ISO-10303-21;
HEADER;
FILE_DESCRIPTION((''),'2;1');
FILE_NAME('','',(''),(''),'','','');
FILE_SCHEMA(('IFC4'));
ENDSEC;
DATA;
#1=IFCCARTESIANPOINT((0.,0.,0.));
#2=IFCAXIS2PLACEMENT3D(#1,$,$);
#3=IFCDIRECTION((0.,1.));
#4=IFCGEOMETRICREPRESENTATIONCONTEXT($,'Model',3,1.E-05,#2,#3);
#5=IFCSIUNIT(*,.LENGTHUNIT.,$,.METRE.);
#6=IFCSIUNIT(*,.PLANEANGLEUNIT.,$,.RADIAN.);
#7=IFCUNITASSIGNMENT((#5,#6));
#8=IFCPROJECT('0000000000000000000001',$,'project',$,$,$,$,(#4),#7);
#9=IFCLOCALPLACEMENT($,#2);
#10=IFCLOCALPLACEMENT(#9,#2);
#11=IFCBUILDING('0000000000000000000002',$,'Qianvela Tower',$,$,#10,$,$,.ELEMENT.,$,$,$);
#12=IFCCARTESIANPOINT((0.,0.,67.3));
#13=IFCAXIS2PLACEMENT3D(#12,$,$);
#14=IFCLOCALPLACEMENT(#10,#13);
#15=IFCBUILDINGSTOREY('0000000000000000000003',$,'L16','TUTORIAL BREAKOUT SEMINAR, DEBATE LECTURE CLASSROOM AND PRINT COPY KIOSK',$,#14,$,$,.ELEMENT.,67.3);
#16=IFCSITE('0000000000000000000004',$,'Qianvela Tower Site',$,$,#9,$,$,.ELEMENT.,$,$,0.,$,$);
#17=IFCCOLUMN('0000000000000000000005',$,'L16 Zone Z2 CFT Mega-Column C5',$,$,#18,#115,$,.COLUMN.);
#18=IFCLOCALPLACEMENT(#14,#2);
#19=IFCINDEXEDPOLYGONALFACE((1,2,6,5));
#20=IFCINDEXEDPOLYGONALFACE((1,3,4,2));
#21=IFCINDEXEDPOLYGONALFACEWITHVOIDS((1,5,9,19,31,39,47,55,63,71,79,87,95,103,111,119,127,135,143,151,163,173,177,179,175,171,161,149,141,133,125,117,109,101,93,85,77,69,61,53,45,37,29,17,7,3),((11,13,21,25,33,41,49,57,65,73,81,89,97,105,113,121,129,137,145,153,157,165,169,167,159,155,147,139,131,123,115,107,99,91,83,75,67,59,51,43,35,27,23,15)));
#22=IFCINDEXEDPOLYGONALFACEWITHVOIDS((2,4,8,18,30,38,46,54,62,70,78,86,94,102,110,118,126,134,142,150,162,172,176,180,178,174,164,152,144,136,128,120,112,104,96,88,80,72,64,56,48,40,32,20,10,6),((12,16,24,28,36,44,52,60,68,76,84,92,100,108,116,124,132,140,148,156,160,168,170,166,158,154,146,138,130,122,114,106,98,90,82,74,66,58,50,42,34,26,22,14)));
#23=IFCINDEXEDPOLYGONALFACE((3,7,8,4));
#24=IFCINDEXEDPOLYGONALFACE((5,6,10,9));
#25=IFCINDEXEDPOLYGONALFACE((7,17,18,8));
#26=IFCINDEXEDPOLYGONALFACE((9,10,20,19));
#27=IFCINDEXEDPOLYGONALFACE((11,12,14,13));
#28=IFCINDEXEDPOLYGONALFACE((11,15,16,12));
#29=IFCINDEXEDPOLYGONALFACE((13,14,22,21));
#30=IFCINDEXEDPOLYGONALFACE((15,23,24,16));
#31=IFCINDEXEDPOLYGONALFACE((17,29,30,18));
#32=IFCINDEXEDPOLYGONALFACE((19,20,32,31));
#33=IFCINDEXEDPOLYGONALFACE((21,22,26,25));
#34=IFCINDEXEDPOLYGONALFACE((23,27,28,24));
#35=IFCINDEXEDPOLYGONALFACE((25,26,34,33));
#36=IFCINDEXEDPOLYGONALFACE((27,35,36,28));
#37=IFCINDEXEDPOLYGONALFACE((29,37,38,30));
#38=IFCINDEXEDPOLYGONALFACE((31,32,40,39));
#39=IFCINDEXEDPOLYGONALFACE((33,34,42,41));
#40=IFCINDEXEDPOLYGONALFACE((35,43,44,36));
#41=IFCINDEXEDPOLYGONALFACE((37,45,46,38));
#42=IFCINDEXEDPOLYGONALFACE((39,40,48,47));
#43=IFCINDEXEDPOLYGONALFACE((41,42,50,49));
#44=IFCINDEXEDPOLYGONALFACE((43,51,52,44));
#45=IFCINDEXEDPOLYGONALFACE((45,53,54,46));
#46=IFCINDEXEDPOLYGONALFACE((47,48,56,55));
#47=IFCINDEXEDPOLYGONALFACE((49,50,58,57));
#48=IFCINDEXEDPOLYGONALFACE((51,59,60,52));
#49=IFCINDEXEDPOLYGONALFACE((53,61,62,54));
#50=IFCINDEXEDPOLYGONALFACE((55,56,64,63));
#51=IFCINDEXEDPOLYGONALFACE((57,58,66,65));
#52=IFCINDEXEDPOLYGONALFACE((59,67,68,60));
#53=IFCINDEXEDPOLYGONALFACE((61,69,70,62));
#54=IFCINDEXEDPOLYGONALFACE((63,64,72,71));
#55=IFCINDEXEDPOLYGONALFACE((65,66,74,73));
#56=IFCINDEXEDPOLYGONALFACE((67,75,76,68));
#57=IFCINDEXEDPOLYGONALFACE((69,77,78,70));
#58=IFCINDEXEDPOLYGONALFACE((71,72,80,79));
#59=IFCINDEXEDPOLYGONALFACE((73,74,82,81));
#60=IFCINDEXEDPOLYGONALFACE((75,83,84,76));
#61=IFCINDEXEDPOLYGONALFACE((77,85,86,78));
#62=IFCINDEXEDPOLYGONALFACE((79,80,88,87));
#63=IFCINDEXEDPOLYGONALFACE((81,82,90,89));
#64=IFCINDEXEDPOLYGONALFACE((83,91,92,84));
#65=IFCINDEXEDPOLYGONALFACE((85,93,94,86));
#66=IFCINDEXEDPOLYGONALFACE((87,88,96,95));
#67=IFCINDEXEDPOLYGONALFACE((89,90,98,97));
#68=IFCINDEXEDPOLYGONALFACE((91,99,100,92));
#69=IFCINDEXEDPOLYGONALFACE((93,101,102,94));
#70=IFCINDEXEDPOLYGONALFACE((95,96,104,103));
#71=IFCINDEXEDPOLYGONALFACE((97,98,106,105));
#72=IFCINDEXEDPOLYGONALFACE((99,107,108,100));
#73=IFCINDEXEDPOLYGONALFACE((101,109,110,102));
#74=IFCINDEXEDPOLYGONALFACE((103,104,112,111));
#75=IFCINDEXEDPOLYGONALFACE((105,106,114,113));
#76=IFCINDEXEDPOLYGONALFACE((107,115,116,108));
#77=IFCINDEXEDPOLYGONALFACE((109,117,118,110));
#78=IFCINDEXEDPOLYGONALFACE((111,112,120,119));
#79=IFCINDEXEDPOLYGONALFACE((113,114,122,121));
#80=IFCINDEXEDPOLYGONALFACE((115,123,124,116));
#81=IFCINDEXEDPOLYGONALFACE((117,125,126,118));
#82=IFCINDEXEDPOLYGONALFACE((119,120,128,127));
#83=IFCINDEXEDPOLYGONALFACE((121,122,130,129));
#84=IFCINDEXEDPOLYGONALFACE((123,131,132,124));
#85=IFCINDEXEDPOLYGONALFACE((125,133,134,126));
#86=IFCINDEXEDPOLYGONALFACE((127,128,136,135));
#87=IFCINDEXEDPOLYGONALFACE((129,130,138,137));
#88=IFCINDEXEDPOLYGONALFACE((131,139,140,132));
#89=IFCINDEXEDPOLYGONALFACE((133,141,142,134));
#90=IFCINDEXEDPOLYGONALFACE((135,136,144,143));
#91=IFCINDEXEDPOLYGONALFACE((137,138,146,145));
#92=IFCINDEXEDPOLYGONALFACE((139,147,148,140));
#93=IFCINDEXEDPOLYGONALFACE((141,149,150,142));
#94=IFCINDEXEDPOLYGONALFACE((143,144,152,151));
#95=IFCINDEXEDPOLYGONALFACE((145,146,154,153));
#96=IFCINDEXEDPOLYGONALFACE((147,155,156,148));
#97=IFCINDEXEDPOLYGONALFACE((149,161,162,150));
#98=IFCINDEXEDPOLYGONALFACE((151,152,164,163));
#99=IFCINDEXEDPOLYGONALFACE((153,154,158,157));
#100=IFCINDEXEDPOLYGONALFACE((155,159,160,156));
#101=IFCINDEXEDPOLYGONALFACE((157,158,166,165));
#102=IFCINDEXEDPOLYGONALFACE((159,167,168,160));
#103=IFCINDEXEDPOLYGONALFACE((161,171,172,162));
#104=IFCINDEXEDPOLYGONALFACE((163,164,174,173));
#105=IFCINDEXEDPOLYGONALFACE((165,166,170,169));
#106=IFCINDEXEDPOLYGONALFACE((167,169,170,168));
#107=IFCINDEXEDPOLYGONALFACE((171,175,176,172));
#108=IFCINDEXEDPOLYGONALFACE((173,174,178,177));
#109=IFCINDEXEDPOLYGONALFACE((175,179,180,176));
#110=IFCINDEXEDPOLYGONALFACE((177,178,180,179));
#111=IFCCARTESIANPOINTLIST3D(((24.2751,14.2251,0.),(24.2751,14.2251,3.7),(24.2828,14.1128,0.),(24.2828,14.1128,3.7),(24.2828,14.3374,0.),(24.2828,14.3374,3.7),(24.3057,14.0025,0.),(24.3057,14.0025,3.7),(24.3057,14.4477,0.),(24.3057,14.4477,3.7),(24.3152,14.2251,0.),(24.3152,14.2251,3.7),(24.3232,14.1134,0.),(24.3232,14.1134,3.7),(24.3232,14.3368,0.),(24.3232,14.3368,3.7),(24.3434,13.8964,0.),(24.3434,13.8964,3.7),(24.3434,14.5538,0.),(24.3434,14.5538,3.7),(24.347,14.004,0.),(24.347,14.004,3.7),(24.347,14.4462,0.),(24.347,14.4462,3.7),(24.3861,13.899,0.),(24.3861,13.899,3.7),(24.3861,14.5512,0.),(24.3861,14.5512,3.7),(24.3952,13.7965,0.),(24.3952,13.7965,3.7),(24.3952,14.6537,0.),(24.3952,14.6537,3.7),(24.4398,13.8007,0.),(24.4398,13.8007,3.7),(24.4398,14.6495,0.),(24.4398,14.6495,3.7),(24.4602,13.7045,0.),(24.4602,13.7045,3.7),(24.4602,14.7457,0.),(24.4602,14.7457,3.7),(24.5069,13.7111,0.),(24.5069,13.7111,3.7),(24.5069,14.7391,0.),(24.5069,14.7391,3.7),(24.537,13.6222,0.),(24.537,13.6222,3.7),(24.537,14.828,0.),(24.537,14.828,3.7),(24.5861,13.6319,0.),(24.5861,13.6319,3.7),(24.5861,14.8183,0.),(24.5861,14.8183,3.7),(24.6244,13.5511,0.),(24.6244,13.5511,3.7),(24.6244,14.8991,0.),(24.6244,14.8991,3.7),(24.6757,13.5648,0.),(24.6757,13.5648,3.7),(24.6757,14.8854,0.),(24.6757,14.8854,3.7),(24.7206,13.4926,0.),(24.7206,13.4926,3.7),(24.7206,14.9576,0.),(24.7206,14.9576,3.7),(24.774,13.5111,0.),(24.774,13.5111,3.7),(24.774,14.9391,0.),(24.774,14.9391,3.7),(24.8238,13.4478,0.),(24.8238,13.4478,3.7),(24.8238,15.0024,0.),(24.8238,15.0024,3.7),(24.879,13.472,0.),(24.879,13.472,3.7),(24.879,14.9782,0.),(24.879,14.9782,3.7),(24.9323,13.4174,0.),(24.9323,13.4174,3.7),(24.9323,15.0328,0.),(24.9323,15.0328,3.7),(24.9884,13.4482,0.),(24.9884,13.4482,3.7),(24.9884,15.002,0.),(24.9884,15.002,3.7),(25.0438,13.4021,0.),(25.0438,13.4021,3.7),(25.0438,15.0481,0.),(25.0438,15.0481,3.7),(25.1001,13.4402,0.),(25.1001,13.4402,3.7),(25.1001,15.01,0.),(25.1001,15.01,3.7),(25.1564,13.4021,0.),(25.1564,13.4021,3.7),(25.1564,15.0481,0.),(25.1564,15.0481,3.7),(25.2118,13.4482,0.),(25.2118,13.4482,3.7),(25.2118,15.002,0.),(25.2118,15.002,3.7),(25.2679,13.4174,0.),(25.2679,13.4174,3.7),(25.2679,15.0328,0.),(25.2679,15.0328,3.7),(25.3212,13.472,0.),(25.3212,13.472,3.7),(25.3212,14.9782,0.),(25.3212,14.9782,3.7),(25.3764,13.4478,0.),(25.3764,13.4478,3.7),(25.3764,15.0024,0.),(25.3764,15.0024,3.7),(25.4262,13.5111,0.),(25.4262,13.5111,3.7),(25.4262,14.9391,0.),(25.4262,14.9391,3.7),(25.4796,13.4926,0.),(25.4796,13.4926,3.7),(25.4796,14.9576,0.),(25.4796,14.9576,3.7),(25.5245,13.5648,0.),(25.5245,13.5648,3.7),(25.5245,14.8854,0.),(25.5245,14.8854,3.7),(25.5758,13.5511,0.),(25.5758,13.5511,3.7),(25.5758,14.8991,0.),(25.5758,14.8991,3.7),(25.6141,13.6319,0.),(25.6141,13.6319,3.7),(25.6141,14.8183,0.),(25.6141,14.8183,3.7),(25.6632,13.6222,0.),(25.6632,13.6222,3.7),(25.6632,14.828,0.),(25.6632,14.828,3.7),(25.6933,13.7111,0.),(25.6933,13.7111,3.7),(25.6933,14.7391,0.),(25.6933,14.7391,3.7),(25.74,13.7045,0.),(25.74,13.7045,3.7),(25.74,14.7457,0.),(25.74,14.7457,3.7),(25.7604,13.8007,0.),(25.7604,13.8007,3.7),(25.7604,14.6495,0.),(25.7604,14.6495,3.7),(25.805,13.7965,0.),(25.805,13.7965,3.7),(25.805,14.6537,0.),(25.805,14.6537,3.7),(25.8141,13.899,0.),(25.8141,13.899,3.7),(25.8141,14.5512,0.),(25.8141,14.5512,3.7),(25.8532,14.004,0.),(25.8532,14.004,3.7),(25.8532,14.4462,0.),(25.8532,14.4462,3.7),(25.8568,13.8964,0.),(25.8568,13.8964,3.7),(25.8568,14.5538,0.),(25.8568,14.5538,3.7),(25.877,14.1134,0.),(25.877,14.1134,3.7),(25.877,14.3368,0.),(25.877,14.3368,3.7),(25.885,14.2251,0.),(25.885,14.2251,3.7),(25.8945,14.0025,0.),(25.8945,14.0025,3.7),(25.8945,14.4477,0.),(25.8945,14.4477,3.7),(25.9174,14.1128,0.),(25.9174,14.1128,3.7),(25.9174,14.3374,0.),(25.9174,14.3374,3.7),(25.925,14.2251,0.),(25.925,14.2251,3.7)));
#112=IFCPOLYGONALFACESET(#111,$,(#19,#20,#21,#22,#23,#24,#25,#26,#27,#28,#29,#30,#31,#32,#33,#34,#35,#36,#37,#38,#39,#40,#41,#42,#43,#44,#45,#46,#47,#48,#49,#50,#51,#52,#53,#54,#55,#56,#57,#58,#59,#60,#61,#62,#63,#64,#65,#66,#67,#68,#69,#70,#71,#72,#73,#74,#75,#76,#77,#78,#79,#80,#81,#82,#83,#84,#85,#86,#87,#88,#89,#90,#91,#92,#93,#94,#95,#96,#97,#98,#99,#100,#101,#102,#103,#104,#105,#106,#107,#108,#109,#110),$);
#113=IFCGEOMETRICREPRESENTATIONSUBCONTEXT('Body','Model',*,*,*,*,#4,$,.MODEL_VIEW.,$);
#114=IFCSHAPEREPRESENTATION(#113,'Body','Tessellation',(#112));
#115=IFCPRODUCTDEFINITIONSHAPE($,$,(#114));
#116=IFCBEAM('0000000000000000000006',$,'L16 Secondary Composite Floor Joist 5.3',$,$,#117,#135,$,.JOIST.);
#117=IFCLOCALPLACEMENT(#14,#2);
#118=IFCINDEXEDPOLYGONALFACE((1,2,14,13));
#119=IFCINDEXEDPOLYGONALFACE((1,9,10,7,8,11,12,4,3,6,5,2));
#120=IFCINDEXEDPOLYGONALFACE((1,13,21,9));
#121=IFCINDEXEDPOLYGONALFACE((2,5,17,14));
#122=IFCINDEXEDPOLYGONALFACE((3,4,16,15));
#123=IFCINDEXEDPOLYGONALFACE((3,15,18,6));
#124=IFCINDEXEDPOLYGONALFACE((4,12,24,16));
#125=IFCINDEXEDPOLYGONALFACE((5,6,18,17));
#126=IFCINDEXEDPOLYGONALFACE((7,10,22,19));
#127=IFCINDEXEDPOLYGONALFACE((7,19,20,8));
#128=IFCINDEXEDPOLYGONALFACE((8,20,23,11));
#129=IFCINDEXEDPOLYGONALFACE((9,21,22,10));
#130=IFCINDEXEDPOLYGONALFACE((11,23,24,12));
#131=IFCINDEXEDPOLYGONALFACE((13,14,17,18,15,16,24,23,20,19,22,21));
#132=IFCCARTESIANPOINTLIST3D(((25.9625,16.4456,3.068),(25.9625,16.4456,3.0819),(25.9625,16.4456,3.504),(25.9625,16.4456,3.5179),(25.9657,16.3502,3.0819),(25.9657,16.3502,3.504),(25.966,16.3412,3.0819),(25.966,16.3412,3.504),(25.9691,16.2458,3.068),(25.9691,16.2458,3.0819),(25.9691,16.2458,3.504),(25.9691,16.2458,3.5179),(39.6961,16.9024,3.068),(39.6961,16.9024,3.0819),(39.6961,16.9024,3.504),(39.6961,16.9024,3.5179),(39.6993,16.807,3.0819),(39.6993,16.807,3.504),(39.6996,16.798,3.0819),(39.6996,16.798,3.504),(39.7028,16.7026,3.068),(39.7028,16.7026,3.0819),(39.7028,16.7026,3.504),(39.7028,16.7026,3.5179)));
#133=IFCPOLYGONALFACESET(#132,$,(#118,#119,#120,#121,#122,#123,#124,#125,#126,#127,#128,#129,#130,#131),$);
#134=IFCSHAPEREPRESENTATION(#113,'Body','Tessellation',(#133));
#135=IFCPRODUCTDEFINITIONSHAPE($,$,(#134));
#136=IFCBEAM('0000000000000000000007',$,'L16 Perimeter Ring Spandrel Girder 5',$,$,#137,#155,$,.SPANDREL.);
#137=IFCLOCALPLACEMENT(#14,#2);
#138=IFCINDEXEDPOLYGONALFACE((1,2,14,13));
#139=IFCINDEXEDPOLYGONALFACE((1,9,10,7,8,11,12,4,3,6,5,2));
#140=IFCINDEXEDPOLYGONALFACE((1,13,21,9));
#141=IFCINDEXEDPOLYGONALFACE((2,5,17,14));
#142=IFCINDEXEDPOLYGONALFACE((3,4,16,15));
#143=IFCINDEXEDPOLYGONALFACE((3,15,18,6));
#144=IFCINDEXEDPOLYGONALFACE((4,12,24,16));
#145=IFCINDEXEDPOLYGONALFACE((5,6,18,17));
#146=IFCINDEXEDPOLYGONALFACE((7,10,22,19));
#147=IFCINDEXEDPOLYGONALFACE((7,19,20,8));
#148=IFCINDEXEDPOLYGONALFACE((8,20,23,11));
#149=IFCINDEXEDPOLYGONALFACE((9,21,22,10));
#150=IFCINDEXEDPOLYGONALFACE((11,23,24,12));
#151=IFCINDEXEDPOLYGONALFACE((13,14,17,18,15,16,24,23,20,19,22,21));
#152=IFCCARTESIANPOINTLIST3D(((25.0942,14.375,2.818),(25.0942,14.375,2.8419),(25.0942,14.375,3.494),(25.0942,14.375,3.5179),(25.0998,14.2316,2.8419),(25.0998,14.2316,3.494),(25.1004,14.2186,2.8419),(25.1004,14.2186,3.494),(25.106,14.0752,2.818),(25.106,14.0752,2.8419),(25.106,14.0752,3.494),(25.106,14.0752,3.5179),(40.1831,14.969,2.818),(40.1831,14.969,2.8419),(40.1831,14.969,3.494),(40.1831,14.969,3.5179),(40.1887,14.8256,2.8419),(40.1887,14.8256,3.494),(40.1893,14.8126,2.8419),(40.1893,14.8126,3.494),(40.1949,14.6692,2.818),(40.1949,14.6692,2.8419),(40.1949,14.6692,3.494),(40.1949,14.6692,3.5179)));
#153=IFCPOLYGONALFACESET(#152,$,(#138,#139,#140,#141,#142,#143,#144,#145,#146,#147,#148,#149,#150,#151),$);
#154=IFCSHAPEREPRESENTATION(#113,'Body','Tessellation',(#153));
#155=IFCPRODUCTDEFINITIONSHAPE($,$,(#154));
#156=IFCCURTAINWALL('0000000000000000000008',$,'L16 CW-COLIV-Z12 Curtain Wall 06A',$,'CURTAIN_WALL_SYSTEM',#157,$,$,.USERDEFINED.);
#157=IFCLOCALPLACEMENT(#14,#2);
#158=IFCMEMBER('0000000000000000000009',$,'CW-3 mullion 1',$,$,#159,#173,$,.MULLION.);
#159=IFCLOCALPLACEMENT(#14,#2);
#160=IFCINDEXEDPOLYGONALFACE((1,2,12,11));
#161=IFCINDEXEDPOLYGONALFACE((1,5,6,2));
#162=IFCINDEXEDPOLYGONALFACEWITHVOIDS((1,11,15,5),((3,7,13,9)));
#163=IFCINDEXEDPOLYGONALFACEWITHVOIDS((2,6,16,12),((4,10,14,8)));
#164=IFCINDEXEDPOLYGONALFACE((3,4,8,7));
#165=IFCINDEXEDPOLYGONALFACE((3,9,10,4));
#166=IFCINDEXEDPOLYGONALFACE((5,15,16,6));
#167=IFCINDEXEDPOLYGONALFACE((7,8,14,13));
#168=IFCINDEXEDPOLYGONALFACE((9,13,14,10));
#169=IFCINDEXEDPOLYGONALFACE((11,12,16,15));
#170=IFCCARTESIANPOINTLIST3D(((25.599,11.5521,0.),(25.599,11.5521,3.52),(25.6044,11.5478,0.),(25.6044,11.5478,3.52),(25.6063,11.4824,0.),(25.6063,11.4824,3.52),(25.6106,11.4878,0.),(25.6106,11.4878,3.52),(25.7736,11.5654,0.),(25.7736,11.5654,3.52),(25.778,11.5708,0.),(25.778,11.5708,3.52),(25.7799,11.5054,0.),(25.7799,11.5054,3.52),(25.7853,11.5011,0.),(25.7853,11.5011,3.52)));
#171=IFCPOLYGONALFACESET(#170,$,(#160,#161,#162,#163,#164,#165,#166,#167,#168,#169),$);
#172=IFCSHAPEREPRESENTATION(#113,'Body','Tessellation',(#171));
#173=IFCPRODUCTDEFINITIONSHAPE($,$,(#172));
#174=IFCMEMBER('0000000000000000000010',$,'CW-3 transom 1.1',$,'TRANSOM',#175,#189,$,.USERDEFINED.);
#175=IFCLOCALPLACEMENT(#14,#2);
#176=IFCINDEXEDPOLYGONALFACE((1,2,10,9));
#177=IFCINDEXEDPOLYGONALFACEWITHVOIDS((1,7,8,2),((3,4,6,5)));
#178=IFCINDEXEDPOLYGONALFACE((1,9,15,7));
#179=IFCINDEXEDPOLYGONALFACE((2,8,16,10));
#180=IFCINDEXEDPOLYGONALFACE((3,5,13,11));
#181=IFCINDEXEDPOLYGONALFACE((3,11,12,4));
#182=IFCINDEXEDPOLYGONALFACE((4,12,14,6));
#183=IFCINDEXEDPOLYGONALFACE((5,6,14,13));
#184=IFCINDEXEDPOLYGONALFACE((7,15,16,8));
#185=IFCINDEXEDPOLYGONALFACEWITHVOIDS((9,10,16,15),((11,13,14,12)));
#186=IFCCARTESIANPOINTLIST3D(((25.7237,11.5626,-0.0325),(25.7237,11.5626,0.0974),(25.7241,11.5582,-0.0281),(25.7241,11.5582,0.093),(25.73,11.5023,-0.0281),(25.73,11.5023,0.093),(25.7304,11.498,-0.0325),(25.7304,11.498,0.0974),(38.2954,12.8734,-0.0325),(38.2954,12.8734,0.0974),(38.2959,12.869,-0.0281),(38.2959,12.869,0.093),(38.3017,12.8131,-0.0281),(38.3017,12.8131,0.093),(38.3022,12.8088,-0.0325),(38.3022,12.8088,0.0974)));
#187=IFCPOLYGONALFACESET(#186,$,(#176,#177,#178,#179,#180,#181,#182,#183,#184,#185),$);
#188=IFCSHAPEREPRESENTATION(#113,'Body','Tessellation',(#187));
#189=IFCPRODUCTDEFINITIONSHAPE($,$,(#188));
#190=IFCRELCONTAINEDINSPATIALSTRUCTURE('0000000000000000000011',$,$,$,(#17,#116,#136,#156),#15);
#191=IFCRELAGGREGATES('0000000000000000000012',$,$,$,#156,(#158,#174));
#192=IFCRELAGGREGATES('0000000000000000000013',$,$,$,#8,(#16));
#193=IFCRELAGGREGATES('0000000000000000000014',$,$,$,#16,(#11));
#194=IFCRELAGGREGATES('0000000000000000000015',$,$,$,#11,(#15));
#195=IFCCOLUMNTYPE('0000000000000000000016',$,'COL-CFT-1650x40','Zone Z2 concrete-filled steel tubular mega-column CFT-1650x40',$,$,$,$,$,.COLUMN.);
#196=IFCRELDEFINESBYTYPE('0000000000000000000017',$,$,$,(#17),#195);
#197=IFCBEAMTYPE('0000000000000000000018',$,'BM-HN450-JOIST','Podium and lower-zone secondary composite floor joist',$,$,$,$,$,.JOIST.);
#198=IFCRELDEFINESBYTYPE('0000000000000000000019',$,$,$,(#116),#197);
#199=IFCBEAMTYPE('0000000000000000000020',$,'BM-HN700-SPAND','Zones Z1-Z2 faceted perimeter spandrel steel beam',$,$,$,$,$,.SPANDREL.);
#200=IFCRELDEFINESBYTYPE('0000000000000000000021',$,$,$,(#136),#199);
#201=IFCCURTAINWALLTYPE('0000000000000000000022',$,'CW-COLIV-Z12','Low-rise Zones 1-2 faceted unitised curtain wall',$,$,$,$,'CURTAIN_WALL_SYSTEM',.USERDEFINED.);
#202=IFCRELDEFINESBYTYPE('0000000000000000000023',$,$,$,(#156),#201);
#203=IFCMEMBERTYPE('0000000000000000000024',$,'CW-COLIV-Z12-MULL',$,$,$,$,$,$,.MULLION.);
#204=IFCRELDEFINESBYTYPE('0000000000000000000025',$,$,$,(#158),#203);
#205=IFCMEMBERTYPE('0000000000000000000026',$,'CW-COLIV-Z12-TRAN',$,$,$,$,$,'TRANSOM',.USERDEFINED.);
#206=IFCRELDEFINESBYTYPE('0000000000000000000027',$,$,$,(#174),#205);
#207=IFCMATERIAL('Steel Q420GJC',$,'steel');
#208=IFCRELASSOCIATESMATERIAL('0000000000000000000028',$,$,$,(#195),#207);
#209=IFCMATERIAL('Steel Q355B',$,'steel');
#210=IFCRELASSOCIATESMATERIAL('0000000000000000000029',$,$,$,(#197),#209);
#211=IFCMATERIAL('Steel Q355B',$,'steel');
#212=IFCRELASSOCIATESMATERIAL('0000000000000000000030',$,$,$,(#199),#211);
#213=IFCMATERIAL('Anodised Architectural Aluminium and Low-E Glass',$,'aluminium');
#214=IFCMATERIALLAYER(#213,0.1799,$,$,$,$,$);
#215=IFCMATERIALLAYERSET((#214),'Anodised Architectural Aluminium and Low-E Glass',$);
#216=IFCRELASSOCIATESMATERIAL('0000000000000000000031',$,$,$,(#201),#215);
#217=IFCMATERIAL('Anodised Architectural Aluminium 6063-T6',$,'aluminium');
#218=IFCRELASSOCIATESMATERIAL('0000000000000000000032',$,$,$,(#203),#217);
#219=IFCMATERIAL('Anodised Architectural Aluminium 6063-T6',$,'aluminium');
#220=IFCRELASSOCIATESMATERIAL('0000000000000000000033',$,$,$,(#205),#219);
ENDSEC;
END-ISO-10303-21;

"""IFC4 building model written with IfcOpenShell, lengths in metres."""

from ifc_helpers import new_model, si_unit, direction, frame, origin, origin_2d, place, context, subcontext, project, spatial, hollow_rectangle, hollow_circle, i_section, extrude, material, layer, layer_set, material_profile, profile_set, type_object, element, aggregate, save


model = new_model("IFC4")

# Units and contexts
model_context = context("Model", 3, precision=1e-05, world=origin(), true_north=direction((0.0, 1.0)))
body_context = subcontext(model_context, "Body", "Model", "MODEL_VIEW")
ifc_project = project(units=[si_unit("LENGTHUNIT", "METRE"), si_unit("PLANEANGLEUNIT", "RADIAN")], contexts=[model_context])

# Site, building, storey
site_placement = place(None, origin())
site = spatial("IfcSite", under=ifc_project, at=site_placement, Name="Qianvela Tower Site", CompositionType="ELEMENT", RefElevation=0.0)
building_placement = place(site_placement, origin())
building = spatial("IfcBuilding", under=site, at=building_placement, Name="Qianvela Tower", CompositionType="ELEMENT")
storey_placement = place(building_placement, frame((0.0, 0.0, 67.3)))
storey = spatial("IfcBuildingStorey", under=building, at=storey_placement, Name="L16", Description="TUTORIAL BREAKOUT SEMINAR, DEBATE LECTURE CLASSROOM AND PRINT COPY KIOSK", CompositionType="ELEMENT", Elevation=67.3)

# Column
ifc_material_1 = material(Name="Steel Q420GJC", Category="steel")
ifc_material_profile_1 = material_profile(ifc_material_1, hollow_circle(Radius=0.825, WallThickness=0.04, at=origin_2d()), Name="CFT-1650x40")
ifc_profile_set_1 = profile_set([ifc_material_profile_1], Name="Steel Q420GJC")
column_type = type_object("IfcColumnType", Name="COL-CFT-1650x40", Description="Zone Z2 concrete-filled steel tubular mega-column CFT-1650x40", PredefinedType="COLUMN", material=ifc_profile_set_1)
for number, where, z_axis, x_axis, name in (
    (1, (25.1001, 14.2251, 0.0), (0.0, 0.0, 1.0), (1.0, 0.0, 0.0), "L16 Zone Z2 CFT Mega-Column C5"),
):
    element("IfcColumn", number, at=place(storey_placement, frame(where, z_axis=z_axis, x_axis=x_axis)), inside=storey, type_object=column_type, Name=name, PredefinedType="COLUMN", context=body_context, shape_type="SweptSolid", body=[
        extrude(hollow_circle(Radius=0.825, WallThickness=0.04, at=origin_2d()), origin(), (0.0, 0.0, 1.0), 3.7),
    ])

# Beams
ifc_material_2 = material(Name="Steel Q355B", Category="steel")
ifc_material_profile_2 = material_profile(ifc_material_2, i_section(OverallWidth=0.2, OverallDepth=0.45, WebThickness=0.009, FlangeThickness=0.0139, at=origin_2d()), Name="HN450x200x9x14")
ifc_profile_set_2 = profile_set([ifc_material_profile_2], Name="Steel Q355B")
beam_type_1 = type_object("IfcBeamType", Name="BM-HN450-JOIST", Description="Podium and lower-zone secondary composite floor joist", PredefinedType="JOIST", material=ifc_profile_set_2)
beam_1_placement = place(storey_placement, frame((25.9658, 16.3457, 3.293), z_axis=(0.999447, 0.033242, 0.0), x_axis=(-0.033242, 0.999447, 0.0)))
element("IfcBeam", 2, at=beam_1_placement, inside=storey, type_object=beam_type_1, Name="L16 Secondary Composite Floor Joist 5.3", PredefinedType="JOIST", context=body_context, shape_type="SweptSolid", body=[
    extrude(i_section(OverallWidth=0.2, OverallDepth=0.45, WebThickness=0.009, FlangeThickness=0.0139, at=origin_2d()), origin(), (0.0, 0.0, 1.0), 13.7412),
])
ifc_material_3 = material(Name="Steel Q355B", Category="steel")
ifc_material_profile_3 = material_profile(ifc_material_3, i_section(OverallWidth=0.3, OverallDepth=0.7, WebThickness=0.0129, FlangeThickness=0.0239, at=origin_2d()), Name="HN700x300x13x24")
ifc_profile_set_3 = profile_set([ifc_material_profile_3], Name="Steel Q355B")
beam_type_2 = type_object("IfcBeamType", Name="BM-HN700-SPAND", Description="Zones Z1-Z2 faceted perimeter spandrel steel beam", PredefinedType="SPANDREL", material=ifc_profile_set_3)
beam_2_placement = place(storey_placement, frame((25.1001, 14.2251, 3.168), z_axis=(0.999226, 0.039336, 0.0), x_axis=(-0.039336, 0.999226, 0.0)))
element("IfcBeam", 3, at=beam_2_placement, inside=storey, type_object=beam_type_2, Name="L16 Perimeter Ring Spandrel Girder 5", PredefinedType="SPANDREL", context=body_context, shape_type="SweptSolid", body=[
    extrude(i_section(OverallWidth=0.3, OverallDepth=0.7, WebThickness=0.0129, FlangeThickness=0.0239, at=origin_2d()), origin(), (0.0, 0.0, 1.0), 15.1006),
])

# Curtain wall, members
ifc_material_4 = material(Name="Anodised Architectural Aluminium and Low-E Glass", Category="aluminium")
ifc_layer_1 = layer(ifc_material_4, 0.1799)
ifc_layer_set_1 = layer_set([ifc_layer_1], Name="Anodised Architectural Aluminium and Low-E Glass")
curtain_wall_type = type_object("IfcCurtainWallType", Name="CW-COLIV-Z12", Description="Low-rise Zones 1-2 faceted unitised curtain wall", ElementType="CURTAIN_WALL_SYSTEM", PredefinedType="USERDEFINED", material=ifc_layer_set_1)
curtain_wall_placement = place(storey_placement, origin())
curtain_wall = element("IfcCurtainWall", 4, at=curtain_wall_placement, inside=storey, type_object=curtain_wall_type, Name="L16 CW-COLIV-Z12 Curtain Wall 06A", ObjectType="CURTAIN_WALL_SYSTEM", PredefinedType="USERDEFINED")
ifc_material_5 = material(Name="Anodised Architectural Aluminium 6063-T6", Category="aluminium")
ifc_material_profile_4 = material_profile(ifc_material_5, hollow_rectangle(XDim=0.0701, YDim=0.1799, WallThickness=0.0049, at=origin_2d()), Name="ALU-MULL-70x180")
ifc_profile_set_4 = profile_set([ifc_material_profile_4], Name="Anodised Architectural Aluminium 6063-T6")
member_type_1 = type_object("IfcMemberType", Name="CW-COLIV-Z12-MULL", PredefinedType="MULLION", material=ifc_profile_set_4)
member_1_placement = place(storey_placement, frame((25.6921, 11.5266, 0.0), z_axis=(0.0, 0.0, 1.0), x_axis=(-0.103717, 0.994607, 0.0)))
member_1 = element("IfcMember", 5, at=member_1_placement, type_object=member_type_1, Name="CW-3 mullion 1", PredefinedType="MULLION", context=body_context, shape_type="SweptSolid", body=[
    extrude(hollow_rectangle(XDim=0.0701, YDim=0.1799, WallThickness=0.0049, at=origin_2d()), origin(), (0.0, 0.0, 1.0), 3.52),
])
ifc_material_6 = material(Name="Anodised Architectural Aluminium 6063-T6", Category="aluminium")
ifc_material_profile_5 = material_profile(ifc_material_6, hollow_rectangle(XDim=0.0649, YDim=0.1299, WallThickness=0.0044, at=origin_2d()), Name="ALU-TRAN-65x130")
ifc_profile_set_5 = profile_set([ifc_material_profile_5], Name="Anodised Architectural Aluminium 6063-T6")
member_type_2 = type_object("IfcMemberType", Name="CW-COLIV-Z12-TRAN", ElementType="TRANSOM", PredefinedType="USERDEFINED", material=ifc_profile_set_5)
member_2_placement = place(storey_placement, frame((25.7271, 11.5303, 0.0325), z_axis=(0.994608, 0.103702, 0.0), x_axis=(-0.103702, 0.994608, 0.0)))
member_2 = element("IfcMember", 6, at=member_2_placement, type_object=member_type_2, Name="CW-3 transom 1.1", ObjectType="TRANSOM", PredefinedType="USERDEFINED", context=body_context, shape_type="SweptSolid", body=[
    extrude(hollow_rectangle(XDim=0.0649, YDim=0.1299, WallThickness=0.0044, at=origin_2d()), origin(), (0.0, 0.0, 1.0), 12.6399),
])
aggregate(curtain_wall, [member_1, member_2])

save(model, "model.ifc")
